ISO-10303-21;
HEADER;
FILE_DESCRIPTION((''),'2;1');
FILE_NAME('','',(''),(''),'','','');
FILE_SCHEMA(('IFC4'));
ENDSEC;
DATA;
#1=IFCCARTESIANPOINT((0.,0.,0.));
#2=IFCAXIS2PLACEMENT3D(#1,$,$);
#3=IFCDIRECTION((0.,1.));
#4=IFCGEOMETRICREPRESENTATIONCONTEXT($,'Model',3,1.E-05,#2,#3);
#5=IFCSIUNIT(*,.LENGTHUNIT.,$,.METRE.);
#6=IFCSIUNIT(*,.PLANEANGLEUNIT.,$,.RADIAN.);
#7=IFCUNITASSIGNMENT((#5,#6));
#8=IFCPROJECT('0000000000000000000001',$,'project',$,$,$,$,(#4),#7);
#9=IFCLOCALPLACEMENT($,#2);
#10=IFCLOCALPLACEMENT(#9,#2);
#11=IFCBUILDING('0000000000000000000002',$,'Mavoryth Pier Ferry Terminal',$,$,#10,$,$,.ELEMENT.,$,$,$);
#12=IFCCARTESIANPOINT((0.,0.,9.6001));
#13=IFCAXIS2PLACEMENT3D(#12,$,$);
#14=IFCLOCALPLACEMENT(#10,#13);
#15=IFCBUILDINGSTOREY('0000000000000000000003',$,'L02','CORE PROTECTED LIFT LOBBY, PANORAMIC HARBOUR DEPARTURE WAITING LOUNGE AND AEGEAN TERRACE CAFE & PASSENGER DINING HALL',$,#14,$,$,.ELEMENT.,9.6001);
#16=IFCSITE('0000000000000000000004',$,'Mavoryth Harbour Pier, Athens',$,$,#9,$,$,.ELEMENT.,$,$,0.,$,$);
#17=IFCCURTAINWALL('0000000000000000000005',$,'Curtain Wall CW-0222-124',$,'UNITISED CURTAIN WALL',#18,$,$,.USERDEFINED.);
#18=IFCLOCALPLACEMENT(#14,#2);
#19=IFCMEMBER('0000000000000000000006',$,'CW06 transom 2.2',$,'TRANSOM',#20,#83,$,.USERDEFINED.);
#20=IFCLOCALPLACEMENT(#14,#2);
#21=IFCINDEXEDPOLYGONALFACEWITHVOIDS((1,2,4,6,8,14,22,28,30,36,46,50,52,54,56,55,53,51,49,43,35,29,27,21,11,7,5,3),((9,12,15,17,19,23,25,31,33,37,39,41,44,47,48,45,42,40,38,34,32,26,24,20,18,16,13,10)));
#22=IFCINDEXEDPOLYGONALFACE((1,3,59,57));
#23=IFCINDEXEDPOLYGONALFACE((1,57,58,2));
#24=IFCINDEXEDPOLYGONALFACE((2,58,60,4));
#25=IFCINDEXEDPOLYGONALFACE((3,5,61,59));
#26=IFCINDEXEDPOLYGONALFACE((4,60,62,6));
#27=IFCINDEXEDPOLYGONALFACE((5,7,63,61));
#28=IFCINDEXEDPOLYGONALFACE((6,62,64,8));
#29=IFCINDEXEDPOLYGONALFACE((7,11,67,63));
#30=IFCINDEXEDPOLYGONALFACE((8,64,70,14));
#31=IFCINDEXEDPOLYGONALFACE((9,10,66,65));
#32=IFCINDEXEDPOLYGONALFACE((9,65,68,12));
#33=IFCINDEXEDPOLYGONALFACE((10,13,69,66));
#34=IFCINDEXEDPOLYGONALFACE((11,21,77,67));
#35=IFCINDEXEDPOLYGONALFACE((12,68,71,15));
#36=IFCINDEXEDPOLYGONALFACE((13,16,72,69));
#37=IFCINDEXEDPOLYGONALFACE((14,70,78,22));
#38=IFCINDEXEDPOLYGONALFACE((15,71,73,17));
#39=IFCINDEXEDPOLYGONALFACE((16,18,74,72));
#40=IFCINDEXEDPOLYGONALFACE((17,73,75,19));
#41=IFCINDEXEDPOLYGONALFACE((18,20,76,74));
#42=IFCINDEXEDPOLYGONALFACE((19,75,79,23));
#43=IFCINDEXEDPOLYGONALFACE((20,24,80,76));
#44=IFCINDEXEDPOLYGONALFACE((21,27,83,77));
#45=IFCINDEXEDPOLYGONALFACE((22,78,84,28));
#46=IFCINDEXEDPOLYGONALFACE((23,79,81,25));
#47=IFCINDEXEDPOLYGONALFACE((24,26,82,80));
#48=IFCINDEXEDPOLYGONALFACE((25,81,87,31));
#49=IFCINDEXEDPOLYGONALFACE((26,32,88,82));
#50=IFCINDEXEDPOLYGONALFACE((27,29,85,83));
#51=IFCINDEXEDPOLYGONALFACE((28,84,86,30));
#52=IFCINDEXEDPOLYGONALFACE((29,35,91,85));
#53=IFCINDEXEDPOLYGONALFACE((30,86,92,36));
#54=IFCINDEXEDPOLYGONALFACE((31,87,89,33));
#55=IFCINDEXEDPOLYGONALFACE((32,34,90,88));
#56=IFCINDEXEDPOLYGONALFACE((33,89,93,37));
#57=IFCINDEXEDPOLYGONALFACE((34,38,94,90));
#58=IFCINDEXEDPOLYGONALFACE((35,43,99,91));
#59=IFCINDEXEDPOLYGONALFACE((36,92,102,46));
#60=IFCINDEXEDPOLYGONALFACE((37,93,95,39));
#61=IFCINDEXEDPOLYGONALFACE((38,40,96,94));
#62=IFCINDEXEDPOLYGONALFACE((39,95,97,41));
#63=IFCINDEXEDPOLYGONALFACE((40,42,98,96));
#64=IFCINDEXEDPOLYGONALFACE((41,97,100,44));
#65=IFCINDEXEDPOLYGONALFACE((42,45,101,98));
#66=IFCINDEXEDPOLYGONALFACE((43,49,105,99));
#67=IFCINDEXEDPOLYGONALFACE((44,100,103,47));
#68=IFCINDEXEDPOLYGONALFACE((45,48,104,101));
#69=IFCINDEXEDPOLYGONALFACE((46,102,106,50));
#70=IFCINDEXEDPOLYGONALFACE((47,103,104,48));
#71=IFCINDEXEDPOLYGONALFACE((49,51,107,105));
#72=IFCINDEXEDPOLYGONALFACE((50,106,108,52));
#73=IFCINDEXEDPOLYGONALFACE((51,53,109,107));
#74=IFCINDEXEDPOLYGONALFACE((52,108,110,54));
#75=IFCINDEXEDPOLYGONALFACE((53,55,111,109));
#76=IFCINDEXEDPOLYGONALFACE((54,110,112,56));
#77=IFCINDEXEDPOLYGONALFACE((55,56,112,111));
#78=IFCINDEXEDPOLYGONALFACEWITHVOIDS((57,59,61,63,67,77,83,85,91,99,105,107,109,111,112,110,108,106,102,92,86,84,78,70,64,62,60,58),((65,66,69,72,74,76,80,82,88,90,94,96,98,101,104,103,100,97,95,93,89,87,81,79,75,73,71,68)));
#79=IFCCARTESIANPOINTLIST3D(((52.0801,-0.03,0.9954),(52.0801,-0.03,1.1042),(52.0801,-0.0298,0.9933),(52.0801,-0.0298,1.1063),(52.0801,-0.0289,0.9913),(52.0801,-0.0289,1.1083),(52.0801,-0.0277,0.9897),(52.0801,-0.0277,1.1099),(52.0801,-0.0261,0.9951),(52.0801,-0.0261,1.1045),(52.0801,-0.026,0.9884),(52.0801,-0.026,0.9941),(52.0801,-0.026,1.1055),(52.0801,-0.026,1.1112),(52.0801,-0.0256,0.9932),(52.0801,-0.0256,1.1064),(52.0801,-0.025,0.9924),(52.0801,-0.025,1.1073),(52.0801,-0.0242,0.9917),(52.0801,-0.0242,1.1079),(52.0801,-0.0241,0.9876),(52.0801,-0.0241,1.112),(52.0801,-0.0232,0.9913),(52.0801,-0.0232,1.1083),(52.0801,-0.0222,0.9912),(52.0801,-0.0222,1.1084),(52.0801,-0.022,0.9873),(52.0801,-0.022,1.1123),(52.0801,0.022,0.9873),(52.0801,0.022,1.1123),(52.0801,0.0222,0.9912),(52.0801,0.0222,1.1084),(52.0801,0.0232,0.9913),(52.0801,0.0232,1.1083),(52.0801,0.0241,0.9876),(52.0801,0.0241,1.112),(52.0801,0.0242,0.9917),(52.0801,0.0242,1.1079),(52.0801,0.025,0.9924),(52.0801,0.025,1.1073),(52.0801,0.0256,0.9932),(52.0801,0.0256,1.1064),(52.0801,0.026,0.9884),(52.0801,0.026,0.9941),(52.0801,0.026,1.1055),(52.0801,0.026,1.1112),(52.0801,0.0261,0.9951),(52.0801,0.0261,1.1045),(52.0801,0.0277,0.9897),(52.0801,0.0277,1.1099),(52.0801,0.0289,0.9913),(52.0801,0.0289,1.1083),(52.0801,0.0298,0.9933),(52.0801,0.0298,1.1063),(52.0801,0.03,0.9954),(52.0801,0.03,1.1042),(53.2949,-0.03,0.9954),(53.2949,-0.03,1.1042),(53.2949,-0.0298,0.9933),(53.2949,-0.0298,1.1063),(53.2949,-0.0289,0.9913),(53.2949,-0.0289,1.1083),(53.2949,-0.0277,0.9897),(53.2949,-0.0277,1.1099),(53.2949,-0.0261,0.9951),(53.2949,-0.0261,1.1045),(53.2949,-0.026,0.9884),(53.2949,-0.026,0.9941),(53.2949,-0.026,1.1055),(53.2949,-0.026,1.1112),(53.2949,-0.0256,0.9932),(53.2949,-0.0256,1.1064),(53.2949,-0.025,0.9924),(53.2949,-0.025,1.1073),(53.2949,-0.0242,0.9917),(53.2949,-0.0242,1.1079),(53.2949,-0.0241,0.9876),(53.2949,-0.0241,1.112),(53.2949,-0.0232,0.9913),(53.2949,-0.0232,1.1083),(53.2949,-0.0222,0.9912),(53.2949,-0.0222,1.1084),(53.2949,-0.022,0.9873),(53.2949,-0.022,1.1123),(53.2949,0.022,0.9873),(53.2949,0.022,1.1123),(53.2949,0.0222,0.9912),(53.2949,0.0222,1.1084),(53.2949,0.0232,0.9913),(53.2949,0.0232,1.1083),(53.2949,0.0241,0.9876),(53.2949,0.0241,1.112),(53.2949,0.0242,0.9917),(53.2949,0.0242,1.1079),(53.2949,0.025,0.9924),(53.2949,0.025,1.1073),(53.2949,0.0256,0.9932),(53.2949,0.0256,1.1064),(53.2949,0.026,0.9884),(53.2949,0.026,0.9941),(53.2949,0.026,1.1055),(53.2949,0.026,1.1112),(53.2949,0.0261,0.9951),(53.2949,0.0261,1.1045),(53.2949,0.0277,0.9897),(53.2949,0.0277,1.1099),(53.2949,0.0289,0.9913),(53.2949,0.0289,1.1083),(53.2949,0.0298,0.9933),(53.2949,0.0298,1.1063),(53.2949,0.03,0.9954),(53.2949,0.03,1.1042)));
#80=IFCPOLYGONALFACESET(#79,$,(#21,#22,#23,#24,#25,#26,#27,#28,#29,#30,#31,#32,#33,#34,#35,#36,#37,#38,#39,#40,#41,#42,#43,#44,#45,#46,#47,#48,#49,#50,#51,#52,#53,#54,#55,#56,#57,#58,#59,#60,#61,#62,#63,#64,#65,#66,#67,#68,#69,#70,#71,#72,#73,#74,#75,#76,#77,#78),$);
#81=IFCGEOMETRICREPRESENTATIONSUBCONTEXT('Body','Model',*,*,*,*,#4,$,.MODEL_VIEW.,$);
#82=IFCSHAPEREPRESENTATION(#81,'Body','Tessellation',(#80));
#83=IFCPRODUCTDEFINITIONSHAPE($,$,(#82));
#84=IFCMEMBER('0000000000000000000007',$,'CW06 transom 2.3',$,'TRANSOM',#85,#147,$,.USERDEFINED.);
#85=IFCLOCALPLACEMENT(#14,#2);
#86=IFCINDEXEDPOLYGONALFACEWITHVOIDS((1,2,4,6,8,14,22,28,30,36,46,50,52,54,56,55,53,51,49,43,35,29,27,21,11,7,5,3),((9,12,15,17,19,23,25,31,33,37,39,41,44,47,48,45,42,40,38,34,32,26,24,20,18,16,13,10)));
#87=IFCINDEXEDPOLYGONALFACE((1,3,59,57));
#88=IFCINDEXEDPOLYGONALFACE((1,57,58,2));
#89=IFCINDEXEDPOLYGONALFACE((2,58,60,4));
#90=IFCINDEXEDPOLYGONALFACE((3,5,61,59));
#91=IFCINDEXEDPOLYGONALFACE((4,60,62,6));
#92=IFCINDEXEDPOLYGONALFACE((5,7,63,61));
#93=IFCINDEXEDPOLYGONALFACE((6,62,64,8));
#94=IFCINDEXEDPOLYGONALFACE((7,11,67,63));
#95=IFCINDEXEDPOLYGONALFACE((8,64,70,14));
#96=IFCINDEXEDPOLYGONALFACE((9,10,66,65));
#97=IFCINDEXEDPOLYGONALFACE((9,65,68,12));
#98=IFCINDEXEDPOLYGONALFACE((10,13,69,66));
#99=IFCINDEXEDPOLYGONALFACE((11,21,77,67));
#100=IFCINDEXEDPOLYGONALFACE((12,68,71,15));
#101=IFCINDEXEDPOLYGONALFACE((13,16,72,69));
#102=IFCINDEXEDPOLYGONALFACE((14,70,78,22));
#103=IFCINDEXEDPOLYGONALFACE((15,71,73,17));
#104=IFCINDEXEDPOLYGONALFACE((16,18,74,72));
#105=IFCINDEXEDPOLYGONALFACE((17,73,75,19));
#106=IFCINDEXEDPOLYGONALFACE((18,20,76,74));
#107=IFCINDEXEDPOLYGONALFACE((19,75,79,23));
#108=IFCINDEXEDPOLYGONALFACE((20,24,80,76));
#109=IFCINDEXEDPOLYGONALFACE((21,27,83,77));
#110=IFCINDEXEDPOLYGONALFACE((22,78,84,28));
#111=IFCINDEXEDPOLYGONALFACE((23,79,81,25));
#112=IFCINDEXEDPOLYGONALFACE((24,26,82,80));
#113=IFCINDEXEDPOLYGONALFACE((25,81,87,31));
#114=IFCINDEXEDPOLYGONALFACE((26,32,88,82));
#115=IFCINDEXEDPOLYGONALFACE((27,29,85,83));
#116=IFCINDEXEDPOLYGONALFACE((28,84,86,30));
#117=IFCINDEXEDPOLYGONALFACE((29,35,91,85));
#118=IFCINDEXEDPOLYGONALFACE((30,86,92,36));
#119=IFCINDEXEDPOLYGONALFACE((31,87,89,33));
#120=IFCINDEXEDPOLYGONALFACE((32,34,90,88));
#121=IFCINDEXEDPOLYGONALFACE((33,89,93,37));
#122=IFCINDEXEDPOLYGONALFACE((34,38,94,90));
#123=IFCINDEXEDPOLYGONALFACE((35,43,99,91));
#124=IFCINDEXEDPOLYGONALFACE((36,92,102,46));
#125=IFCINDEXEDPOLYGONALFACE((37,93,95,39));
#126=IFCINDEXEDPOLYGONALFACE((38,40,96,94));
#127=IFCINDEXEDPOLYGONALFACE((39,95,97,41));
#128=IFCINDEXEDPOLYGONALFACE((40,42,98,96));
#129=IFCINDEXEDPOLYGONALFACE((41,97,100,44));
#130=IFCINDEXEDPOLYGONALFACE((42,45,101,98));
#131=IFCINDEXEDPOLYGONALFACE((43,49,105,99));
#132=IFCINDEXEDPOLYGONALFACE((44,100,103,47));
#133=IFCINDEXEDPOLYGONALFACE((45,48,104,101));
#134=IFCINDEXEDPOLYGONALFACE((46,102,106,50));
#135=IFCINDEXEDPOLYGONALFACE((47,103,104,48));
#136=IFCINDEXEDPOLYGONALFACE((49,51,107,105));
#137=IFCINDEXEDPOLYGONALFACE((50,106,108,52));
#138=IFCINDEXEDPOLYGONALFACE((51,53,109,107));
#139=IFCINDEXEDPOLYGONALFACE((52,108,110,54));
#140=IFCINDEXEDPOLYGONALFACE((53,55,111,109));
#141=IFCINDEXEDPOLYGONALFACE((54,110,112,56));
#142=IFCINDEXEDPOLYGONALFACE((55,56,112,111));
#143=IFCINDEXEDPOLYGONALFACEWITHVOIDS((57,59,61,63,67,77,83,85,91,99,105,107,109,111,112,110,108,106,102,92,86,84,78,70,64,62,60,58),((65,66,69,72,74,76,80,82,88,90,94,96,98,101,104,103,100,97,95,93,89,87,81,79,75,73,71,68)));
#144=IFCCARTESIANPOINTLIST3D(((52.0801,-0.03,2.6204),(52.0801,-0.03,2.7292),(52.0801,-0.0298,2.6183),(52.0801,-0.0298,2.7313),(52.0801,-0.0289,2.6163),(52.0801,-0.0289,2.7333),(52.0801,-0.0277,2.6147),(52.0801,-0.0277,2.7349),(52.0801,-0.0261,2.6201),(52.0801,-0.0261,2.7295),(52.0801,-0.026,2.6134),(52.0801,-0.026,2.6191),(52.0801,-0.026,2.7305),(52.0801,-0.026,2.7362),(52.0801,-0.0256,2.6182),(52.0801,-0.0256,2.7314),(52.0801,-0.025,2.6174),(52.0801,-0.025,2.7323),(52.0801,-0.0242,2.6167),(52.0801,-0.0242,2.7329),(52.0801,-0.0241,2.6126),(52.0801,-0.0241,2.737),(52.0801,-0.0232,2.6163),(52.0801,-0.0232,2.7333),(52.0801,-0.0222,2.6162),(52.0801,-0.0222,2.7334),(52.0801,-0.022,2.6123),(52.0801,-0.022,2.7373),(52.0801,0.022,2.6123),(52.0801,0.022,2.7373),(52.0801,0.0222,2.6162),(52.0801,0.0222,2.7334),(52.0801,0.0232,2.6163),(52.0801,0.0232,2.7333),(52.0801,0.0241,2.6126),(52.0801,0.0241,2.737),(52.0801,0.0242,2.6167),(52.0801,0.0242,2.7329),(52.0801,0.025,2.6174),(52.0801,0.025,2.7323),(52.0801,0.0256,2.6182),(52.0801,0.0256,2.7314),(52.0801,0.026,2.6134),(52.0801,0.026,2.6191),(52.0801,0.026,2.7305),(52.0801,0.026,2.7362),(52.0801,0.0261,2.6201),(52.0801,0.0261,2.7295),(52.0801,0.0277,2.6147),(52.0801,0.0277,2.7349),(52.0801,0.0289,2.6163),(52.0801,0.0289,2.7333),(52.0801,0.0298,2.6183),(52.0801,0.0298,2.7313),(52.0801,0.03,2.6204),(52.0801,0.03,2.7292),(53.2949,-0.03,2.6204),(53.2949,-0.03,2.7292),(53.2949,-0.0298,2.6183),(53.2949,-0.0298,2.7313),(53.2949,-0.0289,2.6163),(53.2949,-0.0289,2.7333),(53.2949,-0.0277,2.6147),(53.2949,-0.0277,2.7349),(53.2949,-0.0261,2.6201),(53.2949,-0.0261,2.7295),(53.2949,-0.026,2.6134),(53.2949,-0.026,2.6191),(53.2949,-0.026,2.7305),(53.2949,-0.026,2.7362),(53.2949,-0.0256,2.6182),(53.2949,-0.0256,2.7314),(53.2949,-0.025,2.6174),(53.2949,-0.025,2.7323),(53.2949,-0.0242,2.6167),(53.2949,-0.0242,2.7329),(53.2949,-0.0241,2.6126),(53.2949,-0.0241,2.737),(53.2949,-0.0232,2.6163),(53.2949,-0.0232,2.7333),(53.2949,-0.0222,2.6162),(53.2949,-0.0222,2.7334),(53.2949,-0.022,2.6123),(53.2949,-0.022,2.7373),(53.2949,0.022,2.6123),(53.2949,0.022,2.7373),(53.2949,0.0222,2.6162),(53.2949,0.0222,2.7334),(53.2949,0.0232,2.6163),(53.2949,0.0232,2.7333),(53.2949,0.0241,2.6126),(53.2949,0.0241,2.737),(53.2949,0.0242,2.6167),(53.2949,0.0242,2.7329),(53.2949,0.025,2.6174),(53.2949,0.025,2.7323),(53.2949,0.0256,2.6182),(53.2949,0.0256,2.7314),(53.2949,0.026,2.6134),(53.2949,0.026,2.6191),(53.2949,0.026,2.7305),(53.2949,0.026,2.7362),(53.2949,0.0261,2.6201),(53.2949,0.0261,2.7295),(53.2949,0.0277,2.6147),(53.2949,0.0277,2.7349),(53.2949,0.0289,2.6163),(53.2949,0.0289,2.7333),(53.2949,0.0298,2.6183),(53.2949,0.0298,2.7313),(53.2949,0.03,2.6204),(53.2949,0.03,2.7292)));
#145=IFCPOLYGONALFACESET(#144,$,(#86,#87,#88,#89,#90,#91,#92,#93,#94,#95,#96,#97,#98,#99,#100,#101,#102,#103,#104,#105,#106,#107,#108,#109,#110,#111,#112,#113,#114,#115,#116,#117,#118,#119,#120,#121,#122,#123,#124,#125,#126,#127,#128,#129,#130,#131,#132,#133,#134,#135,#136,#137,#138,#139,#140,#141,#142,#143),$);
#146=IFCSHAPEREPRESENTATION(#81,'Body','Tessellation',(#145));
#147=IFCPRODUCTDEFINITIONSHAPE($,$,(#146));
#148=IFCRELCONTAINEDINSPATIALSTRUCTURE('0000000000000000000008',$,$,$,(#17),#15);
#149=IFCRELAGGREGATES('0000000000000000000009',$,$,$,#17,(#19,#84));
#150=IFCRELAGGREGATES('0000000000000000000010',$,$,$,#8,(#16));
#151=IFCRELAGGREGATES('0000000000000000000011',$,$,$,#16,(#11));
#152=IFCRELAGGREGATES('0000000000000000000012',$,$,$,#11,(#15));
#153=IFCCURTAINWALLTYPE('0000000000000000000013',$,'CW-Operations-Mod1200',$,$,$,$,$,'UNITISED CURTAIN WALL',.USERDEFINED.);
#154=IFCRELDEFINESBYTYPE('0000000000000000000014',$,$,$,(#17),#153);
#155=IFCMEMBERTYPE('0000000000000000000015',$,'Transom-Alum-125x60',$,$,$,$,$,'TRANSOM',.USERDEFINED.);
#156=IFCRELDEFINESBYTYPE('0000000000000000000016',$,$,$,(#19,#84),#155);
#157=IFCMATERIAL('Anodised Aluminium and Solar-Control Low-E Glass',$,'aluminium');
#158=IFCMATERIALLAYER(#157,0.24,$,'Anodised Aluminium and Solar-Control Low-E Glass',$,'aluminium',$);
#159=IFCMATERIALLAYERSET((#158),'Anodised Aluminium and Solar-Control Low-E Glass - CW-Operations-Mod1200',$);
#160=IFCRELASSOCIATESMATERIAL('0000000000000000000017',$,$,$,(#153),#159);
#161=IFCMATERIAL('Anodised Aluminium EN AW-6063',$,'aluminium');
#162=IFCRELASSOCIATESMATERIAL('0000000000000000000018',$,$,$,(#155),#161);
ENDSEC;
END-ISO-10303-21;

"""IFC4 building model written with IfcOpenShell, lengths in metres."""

from ifc_helpers import new_model, si_unit, direction, frame, origin, origin_2d, place, context, subcontext, project, spatial, hollow_rectangle, extrude, material, layer, layer_set, material_profile, profile_set, type_object, element, aggregate, save


model = new_model("IFC4")

# Units and contexts
model_context = context("Model", 3, precision=1e-05, world=origin(), true_north=direction((0.0, 1.0)))
body_context = subcontext(model_context, "Body", "Model", "MODEL_VIEW")
ifc_project = project(units=[si_unit("LENGTHUNIT", "METRE"), si_unit("PLANEANGLEUNIT", "RADIAN")], contexts=[model_context])

# Site, building, storey
site_placement = place(None, origin())
site = spatial("IfcSite", under=ifc_project, at=site_placement, Name="Mavoryth Harbour Pier, Athens", CompositionType="ELEMENT", RefElevation=0.0)
building_placement = place(site_placement, origin())
building = spatial("IfcBuilding", under=site, at=building_placement, Name="Mavoryth Pier Ferry Terminal", CompositionType="ELEMENT")
storey_placement = place(building_placement, frame((0.0, 0.0, 9.6001)))
storey = spatial("IfcBuildingStorey", under=building, at=storey_placement, Name="L02", Description="CORE PROTECTED LIFT LOBBY, PANORAMIC HARBOUR DEPARTURE WAITING LOUNGE AND AEGEAN TERRACE CAFE & PASSENGER DINING HALL", CompositionType="ELEMENT", Elevation=9.6001)

# Curtain wall
ifc_material_1 = material(Name="Anodised Aluminium and Solar-Control Low-E Glass", Category="aluminium")
ifc_layer_1 = layer(ifc_material_1, 0.24, Name="Anodised Aluminium and Solar-Control Low-E Glass", Category="aluminium")
ifc_layer_set_1 = layer_set([ifc_layer_1], Name="Anodised Aluminium and Solar-Control Low-E Glass - CW-Operations-Mod1200")
curtain_wall_type = type_object("IfcCurtainWallType", Name="CW-Operations-Mod1200", ElementType="UNITISED CURTAIN WALL", PredefinedType="USERDEFINED", material=ifc_layer_set_1)
curtain_wall_placement = place(storey_placement, origin())
curtain_wall = element("IfcCurtainWall", 1, at=curtain_wall_placement, inside=storey, type_object=curtain_wall_type, Name="Curtain Wall CW-0222-124", ObjectType="UNITISED CURTAIN WALL", PredefinedType="USERDEFINED")
ifc_material_2 = material(Name="Anodised Aluminium EN AW-6063", Category="aluminium")

# Members
ifc_material_profile_1 = material_profile(ifc_material_2, hollow_rectangle(XDim=0.0601, YDim=0.125, WallThickness=0.0039, InnerFilletRadius=0.0039, OuterFilletRadius=0.0081, at=origin_2d()), Name="AL-TRAN 125x60x4", Category="aluminium")
ifc_profile_set_1 = profile_set([ifc_material_profile_1], Name="Anodised Aluminium EN AW-6063 - AL-TRAN 125x60x4")
member_type_1 = type_object("IfcMemberType", Name="Transom-Alum-125x60", ElementType="TRANSOM", PredefinedType="USERDEFINED", material=ifc_profile_set_1)
member_1_placement = place(storey_placement, frame((52.0801, 0.0, 1.0498), z_axis=(1.0, 0.0, 0.0), x_axis=(0.0, 1.0, 0.0)))
member_1 = element("IfcMember", 2, at=member_1_placement, type_object=member_type_1, Name="CW06 transom 2.2", ObjectType="TRANSOM", PredefinedType="USERDEFINED", context=body_context, shape_type="SweptSolid", body=[
    extrude(hollow_rectangle(XDim=0.0601, YDim=0.125, WallThickness=0.0039, InnerFilletRadius=0.0039, OuterFilletRadius=0.0081, at=origin_2d()), origin(), (0.0, 0.0, 1.0), 1.2148),
])
member_2_placement = place(storey_placement, frame((52.0801, 0.0, 2.6748), z_axis=(1.0, 0.0, 0.0), x_axis=(0.0, 1.0, 0.0)))
member_2 = element("IfcMember", 3, at=member_2_placement, type_object=member_type_1, Name="CW06 transom 2.3", ObjectType="TRANSOM", PredefinedType="USERDEFINED", context=body_context, shape_type="SweptSolid", body=[
    extrude(hollow_rectangle(XDim=0.0601, YDim=0.125, WallThickness=0.0039, InnerFilletRadius=0.0039, OuterFilletRadius=0.0081, at=origin_2d()), origin(), (0.0, 0.0, 1.0), 1.2148),
])

aggregate(curtain_wall, [member_1, member_2])

save(model, "model.ifc")
